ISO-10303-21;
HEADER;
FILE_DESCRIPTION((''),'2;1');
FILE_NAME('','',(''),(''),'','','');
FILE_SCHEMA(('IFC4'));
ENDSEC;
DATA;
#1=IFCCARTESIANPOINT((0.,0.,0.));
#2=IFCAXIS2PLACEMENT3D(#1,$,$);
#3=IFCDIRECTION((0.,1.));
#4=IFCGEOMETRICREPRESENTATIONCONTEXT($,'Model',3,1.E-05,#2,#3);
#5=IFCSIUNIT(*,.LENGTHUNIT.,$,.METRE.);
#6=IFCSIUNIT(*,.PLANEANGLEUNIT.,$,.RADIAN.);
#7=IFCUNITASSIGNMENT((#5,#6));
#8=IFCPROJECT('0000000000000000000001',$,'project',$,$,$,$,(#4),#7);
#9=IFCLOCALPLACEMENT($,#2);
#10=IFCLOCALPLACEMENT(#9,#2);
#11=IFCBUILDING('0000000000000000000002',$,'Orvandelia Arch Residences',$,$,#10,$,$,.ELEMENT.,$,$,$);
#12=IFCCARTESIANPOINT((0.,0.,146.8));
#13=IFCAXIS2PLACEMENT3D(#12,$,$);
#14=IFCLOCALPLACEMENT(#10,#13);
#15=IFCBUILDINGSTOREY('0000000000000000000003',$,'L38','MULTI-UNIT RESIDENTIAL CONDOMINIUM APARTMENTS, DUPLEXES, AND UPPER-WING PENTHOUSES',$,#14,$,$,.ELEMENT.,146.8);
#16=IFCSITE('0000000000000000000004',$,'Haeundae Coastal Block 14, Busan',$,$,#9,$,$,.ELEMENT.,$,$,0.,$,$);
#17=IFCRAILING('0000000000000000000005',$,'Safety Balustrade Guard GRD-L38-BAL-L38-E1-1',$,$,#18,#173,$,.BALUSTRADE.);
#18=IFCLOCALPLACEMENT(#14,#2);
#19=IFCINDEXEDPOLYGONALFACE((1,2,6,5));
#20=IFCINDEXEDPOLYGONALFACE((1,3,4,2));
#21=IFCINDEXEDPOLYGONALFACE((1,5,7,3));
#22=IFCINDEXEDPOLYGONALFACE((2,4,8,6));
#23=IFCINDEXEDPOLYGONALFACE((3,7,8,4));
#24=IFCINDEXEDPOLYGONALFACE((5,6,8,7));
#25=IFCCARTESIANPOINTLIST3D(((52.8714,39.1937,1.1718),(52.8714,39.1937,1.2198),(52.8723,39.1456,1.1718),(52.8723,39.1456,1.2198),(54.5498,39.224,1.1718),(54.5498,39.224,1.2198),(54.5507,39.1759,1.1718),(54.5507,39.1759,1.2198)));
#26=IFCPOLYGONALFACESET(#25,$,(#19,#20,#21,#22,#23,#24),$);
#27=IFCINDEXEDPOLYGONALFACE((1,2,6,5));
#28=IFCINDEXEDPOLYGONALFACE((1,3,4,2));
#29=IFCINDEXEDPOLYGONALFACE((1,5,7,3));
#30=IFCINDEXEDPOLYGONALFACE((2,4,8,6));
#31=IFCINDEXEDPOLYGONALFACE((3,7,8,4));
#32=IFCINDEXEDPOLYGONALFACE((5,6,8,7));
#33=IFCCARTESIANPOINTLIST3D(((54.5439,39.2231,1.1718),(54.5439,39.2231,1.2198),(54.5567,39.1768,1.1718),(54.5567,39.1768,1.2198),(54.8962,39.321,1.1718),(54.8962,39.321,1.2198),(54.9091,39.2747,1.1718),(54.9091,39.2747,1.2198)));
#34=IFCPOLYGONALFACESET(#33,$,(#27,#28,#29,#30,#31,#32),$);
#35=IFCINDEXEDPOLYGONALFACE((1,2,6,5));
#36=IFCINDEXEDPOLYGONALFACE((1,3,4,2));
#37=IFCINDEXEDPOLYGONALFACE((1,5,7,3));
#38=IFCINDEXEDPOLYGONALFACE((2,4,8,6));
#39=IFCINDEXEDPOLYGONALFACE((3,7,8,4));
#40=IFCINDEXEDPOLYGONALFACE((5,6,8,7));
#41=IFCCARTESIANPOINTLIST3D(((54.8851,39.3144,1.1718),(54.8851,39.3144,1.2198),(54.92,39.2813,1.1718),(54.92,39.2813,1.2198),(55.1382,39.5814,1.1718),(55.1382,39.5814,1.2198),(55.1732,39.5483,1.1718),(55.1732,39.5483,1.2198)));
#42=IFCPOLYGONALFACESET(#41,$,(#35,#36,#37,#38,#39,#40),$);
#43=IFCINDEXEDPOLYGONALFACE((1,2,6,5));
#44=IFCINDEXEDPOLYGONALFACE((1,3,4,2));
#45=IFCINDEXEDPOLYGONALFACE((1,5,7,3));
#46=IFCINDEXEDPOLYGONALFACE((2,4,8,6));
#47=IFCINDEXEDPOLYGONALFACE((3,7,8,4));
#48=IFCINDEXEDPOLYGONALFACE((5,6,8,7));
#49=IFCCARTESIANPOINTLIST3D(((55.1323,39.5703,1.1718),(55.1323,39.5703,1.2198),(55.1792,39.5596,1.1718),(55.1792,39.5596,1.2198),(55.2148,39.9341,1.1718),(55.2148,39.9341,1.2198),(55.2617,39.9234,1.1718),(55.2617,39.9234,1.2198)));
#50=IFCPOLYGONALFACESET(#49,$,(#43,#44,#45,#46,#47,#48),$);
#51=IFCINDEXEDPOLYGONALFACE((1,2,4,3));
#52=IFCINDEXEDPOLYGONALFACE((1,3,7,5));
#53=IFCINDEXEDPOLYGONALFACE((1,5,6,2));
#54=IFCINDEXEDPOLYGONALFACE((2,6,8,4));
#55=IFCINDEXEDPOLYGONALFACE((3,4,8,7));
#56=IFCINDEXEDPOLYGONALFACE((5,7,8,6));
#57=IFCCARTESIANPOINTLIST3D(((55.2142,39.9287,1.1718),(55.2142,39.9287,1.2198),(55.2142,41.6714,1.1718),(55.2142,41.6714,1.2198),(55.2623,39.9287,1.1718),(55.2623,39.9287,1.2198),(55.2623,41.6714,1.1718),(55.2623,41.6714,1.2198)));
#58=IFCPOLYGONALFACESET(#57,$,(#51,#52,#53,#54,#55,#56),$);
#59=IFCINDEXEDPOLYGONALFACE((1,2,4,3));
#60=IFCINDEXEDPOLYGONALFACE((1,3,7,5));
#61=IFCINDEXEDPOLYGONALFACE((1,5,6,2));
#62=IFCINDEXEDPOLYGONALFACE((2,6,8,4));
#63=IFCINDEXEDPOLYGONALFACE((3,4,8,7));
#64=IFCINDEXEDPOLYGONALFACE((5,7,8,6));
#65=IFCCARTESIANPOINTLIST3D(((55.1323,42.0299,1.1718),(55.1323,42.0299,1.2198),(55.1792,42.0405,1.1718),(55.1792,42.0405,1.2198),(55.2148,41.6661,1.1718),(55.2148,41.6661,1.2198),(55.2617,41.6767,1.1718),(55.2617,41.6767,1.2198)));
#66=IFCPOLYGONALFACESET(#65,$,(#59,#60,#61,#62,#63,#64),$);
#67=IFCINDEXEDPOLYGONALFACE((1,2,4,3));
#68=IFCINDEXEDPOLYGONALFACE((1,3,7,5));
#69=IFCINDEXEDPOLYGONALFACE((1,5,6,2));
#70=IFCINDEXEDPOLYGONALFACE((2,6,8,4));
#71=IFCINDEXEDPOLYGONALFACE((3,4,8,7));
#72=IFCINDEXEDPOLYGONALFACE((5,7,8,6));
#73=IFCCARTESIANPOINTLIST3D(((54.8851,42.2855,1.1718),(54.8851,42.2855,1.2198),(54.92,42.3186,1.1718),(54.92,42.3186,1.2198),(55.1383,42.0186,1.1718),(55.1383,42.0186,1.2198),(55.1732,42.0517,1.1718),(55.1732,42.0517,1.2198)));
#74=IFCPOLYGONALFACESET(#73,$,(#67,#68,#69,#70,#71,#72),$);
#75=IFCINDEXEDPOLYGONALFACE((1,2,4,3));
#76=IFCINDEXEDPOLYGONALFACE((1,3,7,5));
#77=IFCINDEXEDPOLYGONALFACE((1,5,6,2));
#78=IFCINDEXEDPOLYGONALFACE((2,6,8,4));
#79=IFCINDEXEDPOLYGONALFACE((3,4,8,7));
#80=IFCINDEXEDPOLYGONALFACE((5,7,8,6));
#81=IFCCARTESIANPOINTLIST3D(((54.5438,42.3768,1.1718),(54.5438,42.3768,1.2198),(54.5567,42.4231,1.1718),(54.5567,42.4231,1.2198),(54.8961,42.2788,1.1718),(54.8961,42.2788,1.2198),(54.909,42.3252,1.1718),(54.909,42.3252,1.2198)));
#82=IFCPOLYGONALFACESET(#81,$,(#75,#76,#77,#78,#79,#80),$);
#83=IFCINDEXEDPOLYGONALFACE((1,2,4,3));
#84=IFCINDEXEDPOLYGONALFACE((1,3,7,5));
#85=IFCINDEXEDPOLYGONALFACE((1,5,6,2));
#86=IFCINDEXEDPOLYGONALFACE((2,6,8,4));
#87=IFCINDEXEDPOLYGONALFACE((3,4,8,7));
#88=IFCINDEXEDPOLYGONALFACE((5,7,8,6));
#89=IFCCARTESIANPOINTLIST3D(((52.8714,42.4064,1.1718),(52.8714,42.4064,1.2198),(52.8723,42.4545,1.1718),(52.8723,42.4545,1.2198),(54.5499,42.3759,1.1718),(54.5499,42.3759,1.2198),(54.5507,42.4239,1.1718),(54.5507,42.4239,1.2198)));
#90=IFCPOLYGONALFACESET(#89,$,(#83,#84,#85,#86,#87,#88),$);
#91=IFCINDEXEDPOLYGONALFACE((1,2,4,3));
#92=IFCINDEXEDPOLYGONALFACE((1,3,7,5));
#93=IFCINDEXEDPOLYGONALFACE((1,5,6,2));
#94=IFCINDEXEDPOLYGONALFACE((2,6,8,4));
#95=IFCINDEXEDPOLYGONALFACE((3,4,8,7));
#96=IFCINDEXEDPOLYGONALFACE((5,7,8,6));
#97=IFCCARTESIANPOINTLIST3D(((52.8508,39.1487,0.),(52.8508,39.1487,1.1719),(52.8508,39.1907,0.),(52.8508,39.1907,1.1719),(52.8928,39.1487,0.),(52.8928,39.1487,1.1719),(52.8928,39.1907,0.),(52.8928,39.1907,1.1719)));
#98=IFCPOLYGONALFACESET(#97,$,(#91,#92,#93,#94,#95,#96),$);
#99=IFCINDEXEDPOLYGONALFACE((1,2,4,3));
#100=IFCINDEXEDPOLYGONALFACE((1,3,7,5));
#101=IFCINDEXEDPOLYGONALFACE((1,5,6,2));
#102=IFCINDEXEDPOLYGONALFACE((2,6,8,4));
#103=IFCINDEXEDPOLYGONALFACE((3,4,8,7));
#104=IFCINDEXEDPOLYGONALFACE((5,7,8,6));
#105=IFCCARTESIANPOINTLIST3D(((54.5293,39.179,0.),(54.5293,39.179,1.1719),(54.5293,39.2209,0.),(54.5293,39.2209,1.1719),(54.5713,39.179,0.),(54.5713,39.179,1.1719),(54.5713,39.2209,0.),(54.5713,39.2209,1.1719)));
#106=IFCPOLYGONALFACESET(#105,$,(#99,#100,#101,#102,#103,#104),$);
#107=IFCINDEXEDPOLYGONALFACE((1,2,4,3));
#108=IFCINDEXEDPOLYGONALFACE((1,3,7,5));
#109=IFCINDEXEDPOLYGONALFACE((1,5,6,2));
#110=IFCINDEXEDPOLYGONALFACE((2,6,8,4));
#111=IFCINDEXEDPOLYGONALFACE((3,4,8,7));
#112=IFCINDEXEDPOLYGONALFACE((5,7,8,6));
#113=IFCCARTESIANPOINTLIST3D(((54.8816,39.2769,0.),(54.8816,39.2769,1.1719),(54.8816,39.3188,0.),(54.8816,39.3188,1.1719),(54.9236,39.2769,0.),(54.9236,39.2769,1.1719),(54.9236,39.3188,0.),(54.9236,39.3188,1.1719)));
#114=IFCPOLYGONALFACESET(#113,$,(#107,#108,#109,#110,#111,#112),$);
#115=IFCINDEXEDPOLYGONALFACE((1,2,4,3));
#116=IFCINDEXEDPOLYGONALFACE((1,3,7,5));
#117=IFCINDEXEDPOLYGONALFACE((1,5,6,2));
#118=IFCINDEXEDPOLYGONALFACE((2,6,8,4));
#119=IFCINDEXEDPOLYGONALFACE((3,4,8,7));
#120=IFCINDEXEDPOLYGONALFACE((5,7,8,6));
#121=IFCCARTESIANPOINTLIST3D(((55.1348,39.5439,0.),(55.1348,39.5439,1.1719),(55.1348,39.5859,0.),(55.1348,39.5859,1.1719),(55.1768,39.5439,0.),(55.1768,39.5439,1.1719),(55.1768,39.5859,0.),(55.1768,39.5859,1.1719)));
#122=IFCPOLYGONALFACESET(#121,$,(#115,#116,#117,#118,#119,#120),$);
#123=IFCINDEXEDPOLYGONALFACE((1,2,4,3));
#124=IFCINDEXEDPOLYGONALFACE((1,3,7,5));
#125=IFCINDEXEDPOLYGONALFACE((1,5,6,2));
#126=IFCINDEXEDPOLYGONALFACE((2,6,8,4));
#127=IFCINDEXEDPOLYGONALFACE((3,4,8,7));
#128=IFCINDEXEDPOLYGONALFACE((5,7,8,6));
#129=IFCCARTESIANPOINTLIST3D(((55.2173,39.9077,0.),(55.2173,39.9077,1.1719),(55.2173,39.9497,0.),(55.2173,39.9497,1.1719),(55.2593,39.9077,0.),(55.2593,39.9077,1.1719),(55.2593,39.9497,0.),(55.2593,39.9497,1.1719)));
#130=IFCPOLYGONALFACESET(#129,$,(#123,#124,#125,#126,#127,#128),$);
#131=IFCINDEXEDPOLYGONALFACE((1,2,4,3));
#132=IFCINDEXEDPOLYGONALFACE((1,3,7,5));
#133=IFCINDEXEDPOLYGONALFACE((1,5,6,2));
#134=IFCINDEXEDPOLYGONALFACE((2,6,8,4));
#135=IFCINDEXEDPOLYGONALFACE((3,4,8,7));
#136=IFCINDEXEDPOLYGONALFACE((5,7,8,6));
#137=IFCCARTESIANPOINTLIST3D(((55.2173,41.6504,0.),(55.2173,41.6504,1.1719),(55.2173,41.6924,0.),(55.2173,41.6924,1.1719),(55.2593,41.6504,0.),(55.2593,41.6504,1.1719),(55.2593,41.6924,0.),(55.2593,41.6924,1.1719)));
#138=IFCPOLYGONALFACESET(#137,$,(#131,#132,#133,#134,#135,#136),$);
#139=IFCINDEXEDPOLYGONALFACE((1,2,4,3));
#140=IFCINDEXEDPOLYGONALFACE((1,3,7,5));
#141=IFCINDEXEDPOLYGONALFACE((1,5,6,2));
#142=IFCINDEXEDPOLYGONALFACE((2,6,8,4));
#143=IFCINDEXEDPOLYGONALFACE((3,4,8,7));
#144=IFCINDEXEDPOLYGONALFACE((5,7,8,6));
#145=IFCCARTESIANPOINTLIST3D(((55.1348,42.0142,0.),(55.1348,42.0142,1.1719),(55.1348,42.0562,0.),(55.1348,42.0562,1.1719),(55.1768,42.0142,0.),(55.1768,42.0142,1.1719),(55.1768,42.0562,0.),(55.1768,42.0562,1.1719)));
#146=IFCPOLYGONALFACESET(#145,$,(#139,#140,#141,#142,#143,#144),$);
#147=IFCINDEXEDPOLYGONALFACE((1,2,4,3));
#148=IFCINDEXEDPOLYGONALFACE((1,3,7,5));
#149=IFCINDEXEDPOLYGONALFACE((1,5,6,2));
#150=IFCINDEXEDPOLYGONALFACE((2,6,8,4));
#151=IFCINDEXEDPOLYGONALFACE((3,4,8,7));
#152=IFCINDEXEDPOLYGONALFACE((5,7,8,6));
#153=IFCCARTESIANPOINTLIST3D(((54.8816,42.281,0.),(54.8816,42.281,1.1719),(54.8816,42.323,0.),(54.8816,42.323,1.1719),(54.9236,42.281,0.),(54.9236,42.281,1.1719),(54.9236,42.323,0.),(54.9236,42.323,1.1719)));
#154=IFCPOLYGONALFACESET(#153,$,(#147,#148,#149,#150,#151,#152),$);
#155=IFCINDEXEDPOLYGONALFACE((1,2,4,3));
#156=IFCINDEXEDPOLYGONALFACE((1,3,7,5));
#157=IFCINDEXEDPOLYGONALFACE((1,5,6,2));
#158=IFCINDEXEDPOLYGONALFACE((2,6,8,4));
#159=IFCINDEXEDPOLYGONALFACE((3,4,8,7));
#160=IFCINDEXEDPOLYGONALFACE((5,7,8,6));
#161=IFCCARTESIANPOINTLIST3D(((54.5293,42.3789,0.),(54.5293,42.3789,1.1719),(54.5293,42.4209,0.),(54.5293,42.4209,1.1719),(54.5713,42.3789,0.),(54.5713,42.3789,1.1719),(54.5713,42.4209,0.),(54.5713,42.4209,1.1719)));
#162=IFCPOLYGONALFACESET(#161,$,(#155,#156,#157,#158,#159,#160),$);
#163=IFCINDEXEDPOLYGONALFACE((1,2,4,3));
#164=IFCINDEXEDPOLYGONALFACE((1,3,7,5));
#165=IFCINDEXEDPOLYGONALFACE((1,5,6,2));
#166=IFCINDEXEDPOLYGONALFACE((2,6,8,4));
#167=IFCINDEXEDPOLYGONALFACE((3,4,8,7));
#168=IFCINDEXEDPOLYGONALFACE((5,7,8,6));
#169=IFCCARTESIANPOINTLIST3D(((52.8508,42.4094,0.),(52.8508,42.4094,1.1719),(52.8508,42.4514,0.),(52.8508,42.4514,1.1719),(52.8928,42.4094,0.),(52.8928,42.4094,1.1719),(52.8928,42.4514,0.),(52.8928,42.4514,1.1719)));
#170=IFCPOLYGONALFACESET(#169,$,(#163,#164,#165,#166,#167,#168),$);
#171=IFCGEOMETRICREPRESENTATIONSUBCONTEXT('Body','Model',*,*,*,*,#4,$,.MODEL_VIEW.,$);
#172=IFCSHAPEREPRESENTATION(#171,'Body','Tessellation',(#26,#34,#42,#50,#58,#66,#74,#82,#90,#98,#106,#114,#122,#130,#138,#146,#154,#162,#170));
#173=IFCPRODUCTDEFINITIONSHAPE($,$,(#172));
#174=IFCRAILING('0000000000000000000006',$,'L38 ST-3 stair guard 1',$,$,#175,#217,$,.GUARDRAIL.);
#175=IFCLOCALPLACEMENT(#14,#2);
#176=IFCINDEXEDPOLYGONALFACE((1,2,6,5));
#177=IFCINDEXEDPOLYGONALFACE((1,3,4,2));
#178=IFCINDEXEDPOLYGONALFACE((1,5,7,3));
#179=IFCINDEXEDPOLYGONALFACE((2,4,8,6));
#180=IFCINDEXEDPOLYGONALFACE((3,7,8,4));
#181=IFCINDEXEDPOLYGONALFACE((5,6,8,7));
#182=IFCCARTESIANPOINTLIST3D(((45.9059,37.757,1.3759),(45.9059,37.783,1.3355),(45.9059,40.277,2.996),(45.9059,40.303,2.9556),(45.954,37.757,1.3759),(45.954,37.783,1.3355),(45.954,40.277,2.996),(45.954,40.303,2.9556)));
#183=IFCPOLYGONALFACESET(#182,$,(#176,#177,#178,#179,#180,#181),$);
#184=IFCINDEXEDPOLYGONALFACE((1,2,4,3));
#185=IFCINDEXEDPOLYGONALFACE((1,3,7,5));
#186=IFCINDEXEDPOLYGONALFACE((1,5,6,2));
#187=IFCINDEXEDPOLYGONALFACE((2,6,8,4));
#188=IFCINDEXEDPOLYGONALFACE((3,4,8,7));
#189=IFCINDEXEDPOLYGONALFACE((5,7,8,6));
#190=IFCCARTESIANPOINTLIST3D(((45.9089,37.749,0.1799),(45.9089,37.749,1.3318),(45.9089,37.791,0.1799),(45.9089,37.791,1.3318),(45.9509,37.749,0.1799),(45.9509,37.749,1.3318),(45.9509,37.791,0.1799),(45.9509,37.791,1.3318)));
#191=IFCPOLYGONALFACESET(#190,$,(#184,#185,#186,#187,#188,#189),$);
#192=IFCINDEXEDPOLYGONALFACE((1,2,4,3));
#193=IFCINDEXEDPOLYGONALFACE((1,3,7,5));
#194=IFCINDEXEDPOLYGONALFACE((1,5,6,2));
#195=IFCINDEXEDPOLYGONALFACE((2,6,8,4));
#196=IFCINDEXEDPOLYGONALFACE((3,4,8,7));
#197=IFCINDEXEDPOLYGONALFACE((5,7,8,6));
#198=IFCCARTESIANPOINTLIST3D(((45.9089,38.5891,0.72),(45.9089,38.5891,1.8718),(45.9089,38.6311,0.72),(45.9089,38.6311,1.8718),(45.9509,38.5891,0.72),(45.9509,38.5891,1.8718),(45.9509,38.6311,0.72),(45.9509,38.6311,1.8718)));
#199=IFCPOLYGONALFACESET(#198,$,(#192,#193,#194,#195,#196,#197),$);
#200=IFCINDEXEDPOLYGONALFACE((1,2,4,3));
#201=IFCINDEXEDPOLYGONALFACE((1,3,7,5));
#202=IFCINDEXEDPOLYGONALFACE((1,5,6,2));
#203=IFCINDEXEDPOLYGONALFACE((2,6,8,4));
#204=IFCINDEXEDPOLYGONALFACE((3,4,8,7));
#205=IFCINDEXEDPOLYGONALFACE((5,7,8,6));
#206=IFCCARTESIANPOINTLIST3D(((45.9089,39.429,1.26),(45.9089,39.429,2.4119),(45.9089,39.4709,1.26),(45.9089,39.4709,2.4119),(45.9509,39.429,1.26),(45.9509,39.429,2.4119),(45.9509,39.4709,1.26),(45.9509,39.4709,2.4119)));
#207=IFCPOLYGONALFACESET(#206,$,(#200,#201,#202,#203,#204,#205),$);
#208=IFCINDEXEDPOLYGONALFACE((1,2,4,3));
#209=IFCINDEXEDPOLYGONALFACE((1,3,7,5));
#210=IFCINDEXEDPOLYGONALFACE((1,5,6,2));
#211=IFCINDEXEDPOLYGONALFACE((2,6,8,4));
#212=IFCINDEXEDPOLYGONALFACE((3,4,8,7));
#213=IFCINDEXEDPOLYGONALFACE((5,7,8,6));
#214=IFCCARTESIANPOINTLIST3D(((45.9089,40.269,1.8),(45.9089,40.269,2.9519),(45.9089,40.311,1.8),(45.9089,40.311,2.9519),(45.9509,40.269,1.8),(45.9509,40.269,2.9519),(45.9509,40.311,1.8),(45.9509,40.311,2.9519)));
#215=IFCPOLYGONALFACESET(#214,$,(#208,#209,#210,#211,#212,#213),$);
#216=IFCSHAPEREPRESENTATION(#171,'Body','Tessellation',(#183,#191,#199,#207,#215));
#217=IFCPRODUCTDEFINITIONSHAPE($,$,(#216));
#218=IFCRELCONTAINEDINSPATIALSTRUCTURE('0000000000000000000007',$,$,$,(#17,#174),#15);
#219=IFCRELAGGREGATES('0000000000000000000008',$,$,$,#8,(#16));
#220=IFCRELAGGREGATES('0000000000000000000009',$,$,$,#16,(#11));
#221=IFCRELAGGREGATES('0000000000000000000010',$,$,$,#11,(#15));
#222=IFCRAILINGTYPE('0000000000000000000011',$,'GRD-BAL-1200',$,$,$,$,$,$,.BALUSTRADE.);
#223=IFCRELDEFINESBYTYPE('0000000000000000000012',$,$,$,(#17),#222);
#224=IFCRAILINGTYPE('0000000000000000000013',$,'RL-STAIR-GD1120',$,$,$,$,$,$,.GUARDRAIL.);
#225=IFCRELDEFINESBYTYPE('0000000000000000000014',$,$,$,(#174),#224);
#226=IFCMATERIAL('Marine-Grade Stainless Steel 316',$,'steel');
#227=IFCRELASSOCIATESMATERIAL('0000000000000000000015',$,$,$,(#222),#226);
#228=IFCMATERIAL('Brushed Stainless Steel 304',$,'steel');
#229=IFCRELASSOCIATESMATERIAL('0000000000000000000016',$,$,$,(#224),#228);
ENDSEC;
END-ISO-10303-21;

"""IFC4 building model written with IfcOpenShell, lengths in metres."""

from ifc_helpers import new_model, si_unit, direction, frame, origin, origin_2d, place, context, subcontext, project, spatial, rectangle, extrude, material, type_object, element, save


model = new_model("IFC4")

# Units and contexts
model_context = context("Model", 3, precision=1e-05, world=origin(), true_north=direction((0.0, 1.0)))
body_context = subcontext(model_context, "Body", "Model", "MODEL_VIEW")
ifc_project = project(units=[si_unit("LENGTHUNIT", "METRE"), si_unit("PLANEANGLEUNIT", "RADIAN")], contexts=[model_context])

# Site, building, storey
site_placement = place(None, origin())
site = spatial("IfcSite", under=ifc_project, at=site_placement, Name="Haeundae Coastal Block 14, Busan", CompositionType="ELEMENT", RefElevation=0.0)
building_placement = place(site_placement, origin())
building = spatial("IfcBuilding", under=site, at=building_placement, Name="Orvandelia Arch Residences", CompositionType="ELEMENT")
storey_placement = place(building_placement, frame((0.0, 0.0, 146.8)))
storey = spatial("IfcBuildingStorey", under=building, at=storey_placement, Name="L38", Description="MULTI-UNIT RESIDENTIAL CONDOMINIUM APARTMENTS, DUPLEXES, AND UPPER-WING PENTHOUSES", CompositionType="ELEMENT", Elevation=146.8)

# Railings
ifc_material_1 = material(Name="Marine-Grade Stainless Steel 316", Category="steel")
railing_type_1 = type_object("IfcRailingType", Name="GRD-BAL-1200", PredefinedType="BALUSTRADE", material=ifc_material_1)
railing_1_placement = place(storey_placement, frame((52.8718, 39.1697, 0.0)))
element("IfcRailing", 1, at=railing_1_placement, inside=storey, type_object=railing_type_1, Name="Safety Balustrade Guard GRD-L38-BAL-L38-E1-1", PredefinedType="BALUSTRADE", context=body_context, shape_type="SweptSolid", body=[
    extrude(rectangle(XDim=0.0481, YDim=0.0481, at=origin_2d()), frame((0.0, 0.0, 1.1958), z_axis=(0.999837, 0.018033, 0.0), x_axis=(-0.018033, 0.999837, 0.0)), (0.0, 0.0, 1.0), 1.6787),
    extrude(rectangle(XDim=0.0481, YDim=0.0481, at=origin_2d()), frame((1.6785, 0.0303, 1.1958), z_axis=(0.963489, 0.267747, 0.0), x_axis=(-0.267747, 0.963489, 0.0)), (0.0, 0.0, 1.0), 0.3657),
    extrude(rectangle(XDim=0.0481, YDim=0.0481, at=origin_2d()), frame((2.0308, 0.1282, 1.1958), z_axis=(0.687947, 0.725761, 0.0), x_axis=(-0.725761, 0.687947, 0.0)), (0.0, 0.0, 1.0), 0.3679),
    extrude(rectangle(XDim=0.0481, YDim=0.0481, at=origin_2d()), frame((2.2839, 0.3953, 1.1958), z_axis=(0.221225, 0.975223, 0.0), x_axis=(-0.975223, 0.221225, 0.0)), (0.0, 0.0, 1.0), 0.373),
    extrude(rectangle(XDim=0.0481, YDim=0.0481, at=origin_2d()), frame((2.3665, 0.759, 1.1958), z_axis=(0.0, 1.0, 0.0), x_axis=(-1.0, 0.0, 0.0)), (0.0, 0.0, 1.0), 1.7427),
    extrude(rectangle(XDim=0.0481, YDim=0.0481, at=origin_2d()), frame((2.3665, 2.5017, 1.1958), z_axis=(-0.221225, 0.975223, 0.0), x_axis=(-0.975223, -0.221225, 0.0)), (0.0, 0.0, 1.0), 0.373),
    extrude(rectangle(XDim=0.0481, YDim=0.0481, at=origin_2d()), frame((2.2839, 2.8655, 1.1958), z_axis=(-0.688278, 0.725447, 0.0), x_axis=(-0.725447, -0.688278, 0.0)), (0.0, 0.0, 1.0), 0.3679),
    extrude(rectangle(XDim=0.0481, YDim=0.0481, at=origin_2d()), frame((2.0308, 3.1323, 1.1958), z_axis=(-0.963489, 0.267747, 0.0), x_axis=(-0.267747, -0.963489, 0.0)), (0.0, 0.0, 1.0), 0.3657),
    extrude(rectangle(XDim=0.0481, YDim=0.0481, at=origin_2d()), frame((1.6785, 3.2302, 1.1958), z_axis=(-0.999835, 0.018179, 0.0), x_axis=(-0.018179, -0.999835, 0.0)), (0.0, 0.0, 1.0), 1.6787),
    extrude(rectangle(XDim=0.042, YDim=0.042, at=origin_2d()), origin(), (0.0, 0.0, 1.0), 1.1719),
    extrude(rectangle(XDim=0.042, YDim=0.042, at=origin_2d()), frame((1.6785, 0.0303, 0.0)), (0.0, 0.0, 1.0), 1.1719),
    extrude(rectangle(XDim=0.042, YDim=0.042, at=origin_2d()), frame((2.0308, 0.1282, 0.0)), (0.0, 0.0, 1.0), 1.1719),
    extrude(rectangle(XDim=0.042, YDim=0.042, at=origin_2d()), frame((2.2839, 0.3953, 0.0)), (0.0, 0.0, 1.0), 1.1719),
    extrude(rectangle(XDim=0.042, YDim=0.042, at=origin_2d()), frame((2.3665, 0.759, 0.0)), (0.0, 0.0, 1.0), 1.1719),
    extrude(rectangle(XDim=0.042, YDim=0.042, at=origin_2d()), frame((2.3665, 2.5017, 0.0)), (0.0, 0.0, 1.0), 1.1719),
    extrude(rectangle(XDim=0.042, YDim=0.042, at=origin_2d()), frame((2.2839, 2.8655, 0.0)), (0.0, 0.0, 1.0), 1.1719),
    extrude(rectangle(XDim=0.042, YDim=0.042, at=origin_2d()), frame((2.0308, 3.1323, 0.0)), (0.0, 0.0, 1.0), 1.1719),
    extrude(rectangle(XDim=0.042, YDim=0.042, at=origin_2d()), frame((1.6785, 3.2302, 0.0)), (0.0, 0.0, 1.0), 1.1719),
    extrude(rectangle(XDim=0.042, YDim=0.042, at=origin_2d()), frame((0.0, 3.2607, 0.0)), (0.0, 0.0, 1.0), 1.1719),
])
ifc_material_2 = material(Name="Brushed Stainless Steel 304", Category="steel")
railing_type_2 = type_object("IfcRailingType", Name="RL-STAIR-GD1120", PredefinedType="GUARDRAIL", material=ifc_material_2)
railing_2_placement = place(storey_placement, frame((45.9299, 37.77, 0.1799)))
element("IfcRailing", 2, at=railing_2_placement, inside=storey, type_object=railing_type_2, Name="L38 ST-3 stair guard 1", PredefinedType="GUARDRAIL", context=body_context, shape_type="SweptSolid", body=[
    extrude(rectangle(XDim=0.0481, YDim=0.0481, at=origin_2d()), frame((0.0, 0.0, 1.1758), z_axis=(0.0, 0.841163, 0.540782), x_axis=(-1.0, 0.0, 0.0)), (0.0, 0.0, 1.0), 2.9958),
    extrude(rectangle(XDim=0.042, YDim=0.042, at=origin_2d()), origin(), (0.0, 0.0, 1.0), 1.1519),
    extrude(rectangle(XDim=0.042, YDim=0.042, at=origin_2d()), frame((0.0, 0.8401, 0.54)), (0.0, 0.0, 1.0), 1.1519),
    extrude(rectangle(XDim=0.042, YDim=0.042, at=origin_2d()), frame((0.0, 1.6799, 1.0801)), (0.0, 0.0, 1.0), 1.1519),
    extrude(rectangle(XDim=0.042, YDim=0.042, at=origin_2d()), frame((0.0, 2.52, 1.6201)), (0.0, 0.0, 1.0), 1.1519),
])

save(model, "model.ifc")
